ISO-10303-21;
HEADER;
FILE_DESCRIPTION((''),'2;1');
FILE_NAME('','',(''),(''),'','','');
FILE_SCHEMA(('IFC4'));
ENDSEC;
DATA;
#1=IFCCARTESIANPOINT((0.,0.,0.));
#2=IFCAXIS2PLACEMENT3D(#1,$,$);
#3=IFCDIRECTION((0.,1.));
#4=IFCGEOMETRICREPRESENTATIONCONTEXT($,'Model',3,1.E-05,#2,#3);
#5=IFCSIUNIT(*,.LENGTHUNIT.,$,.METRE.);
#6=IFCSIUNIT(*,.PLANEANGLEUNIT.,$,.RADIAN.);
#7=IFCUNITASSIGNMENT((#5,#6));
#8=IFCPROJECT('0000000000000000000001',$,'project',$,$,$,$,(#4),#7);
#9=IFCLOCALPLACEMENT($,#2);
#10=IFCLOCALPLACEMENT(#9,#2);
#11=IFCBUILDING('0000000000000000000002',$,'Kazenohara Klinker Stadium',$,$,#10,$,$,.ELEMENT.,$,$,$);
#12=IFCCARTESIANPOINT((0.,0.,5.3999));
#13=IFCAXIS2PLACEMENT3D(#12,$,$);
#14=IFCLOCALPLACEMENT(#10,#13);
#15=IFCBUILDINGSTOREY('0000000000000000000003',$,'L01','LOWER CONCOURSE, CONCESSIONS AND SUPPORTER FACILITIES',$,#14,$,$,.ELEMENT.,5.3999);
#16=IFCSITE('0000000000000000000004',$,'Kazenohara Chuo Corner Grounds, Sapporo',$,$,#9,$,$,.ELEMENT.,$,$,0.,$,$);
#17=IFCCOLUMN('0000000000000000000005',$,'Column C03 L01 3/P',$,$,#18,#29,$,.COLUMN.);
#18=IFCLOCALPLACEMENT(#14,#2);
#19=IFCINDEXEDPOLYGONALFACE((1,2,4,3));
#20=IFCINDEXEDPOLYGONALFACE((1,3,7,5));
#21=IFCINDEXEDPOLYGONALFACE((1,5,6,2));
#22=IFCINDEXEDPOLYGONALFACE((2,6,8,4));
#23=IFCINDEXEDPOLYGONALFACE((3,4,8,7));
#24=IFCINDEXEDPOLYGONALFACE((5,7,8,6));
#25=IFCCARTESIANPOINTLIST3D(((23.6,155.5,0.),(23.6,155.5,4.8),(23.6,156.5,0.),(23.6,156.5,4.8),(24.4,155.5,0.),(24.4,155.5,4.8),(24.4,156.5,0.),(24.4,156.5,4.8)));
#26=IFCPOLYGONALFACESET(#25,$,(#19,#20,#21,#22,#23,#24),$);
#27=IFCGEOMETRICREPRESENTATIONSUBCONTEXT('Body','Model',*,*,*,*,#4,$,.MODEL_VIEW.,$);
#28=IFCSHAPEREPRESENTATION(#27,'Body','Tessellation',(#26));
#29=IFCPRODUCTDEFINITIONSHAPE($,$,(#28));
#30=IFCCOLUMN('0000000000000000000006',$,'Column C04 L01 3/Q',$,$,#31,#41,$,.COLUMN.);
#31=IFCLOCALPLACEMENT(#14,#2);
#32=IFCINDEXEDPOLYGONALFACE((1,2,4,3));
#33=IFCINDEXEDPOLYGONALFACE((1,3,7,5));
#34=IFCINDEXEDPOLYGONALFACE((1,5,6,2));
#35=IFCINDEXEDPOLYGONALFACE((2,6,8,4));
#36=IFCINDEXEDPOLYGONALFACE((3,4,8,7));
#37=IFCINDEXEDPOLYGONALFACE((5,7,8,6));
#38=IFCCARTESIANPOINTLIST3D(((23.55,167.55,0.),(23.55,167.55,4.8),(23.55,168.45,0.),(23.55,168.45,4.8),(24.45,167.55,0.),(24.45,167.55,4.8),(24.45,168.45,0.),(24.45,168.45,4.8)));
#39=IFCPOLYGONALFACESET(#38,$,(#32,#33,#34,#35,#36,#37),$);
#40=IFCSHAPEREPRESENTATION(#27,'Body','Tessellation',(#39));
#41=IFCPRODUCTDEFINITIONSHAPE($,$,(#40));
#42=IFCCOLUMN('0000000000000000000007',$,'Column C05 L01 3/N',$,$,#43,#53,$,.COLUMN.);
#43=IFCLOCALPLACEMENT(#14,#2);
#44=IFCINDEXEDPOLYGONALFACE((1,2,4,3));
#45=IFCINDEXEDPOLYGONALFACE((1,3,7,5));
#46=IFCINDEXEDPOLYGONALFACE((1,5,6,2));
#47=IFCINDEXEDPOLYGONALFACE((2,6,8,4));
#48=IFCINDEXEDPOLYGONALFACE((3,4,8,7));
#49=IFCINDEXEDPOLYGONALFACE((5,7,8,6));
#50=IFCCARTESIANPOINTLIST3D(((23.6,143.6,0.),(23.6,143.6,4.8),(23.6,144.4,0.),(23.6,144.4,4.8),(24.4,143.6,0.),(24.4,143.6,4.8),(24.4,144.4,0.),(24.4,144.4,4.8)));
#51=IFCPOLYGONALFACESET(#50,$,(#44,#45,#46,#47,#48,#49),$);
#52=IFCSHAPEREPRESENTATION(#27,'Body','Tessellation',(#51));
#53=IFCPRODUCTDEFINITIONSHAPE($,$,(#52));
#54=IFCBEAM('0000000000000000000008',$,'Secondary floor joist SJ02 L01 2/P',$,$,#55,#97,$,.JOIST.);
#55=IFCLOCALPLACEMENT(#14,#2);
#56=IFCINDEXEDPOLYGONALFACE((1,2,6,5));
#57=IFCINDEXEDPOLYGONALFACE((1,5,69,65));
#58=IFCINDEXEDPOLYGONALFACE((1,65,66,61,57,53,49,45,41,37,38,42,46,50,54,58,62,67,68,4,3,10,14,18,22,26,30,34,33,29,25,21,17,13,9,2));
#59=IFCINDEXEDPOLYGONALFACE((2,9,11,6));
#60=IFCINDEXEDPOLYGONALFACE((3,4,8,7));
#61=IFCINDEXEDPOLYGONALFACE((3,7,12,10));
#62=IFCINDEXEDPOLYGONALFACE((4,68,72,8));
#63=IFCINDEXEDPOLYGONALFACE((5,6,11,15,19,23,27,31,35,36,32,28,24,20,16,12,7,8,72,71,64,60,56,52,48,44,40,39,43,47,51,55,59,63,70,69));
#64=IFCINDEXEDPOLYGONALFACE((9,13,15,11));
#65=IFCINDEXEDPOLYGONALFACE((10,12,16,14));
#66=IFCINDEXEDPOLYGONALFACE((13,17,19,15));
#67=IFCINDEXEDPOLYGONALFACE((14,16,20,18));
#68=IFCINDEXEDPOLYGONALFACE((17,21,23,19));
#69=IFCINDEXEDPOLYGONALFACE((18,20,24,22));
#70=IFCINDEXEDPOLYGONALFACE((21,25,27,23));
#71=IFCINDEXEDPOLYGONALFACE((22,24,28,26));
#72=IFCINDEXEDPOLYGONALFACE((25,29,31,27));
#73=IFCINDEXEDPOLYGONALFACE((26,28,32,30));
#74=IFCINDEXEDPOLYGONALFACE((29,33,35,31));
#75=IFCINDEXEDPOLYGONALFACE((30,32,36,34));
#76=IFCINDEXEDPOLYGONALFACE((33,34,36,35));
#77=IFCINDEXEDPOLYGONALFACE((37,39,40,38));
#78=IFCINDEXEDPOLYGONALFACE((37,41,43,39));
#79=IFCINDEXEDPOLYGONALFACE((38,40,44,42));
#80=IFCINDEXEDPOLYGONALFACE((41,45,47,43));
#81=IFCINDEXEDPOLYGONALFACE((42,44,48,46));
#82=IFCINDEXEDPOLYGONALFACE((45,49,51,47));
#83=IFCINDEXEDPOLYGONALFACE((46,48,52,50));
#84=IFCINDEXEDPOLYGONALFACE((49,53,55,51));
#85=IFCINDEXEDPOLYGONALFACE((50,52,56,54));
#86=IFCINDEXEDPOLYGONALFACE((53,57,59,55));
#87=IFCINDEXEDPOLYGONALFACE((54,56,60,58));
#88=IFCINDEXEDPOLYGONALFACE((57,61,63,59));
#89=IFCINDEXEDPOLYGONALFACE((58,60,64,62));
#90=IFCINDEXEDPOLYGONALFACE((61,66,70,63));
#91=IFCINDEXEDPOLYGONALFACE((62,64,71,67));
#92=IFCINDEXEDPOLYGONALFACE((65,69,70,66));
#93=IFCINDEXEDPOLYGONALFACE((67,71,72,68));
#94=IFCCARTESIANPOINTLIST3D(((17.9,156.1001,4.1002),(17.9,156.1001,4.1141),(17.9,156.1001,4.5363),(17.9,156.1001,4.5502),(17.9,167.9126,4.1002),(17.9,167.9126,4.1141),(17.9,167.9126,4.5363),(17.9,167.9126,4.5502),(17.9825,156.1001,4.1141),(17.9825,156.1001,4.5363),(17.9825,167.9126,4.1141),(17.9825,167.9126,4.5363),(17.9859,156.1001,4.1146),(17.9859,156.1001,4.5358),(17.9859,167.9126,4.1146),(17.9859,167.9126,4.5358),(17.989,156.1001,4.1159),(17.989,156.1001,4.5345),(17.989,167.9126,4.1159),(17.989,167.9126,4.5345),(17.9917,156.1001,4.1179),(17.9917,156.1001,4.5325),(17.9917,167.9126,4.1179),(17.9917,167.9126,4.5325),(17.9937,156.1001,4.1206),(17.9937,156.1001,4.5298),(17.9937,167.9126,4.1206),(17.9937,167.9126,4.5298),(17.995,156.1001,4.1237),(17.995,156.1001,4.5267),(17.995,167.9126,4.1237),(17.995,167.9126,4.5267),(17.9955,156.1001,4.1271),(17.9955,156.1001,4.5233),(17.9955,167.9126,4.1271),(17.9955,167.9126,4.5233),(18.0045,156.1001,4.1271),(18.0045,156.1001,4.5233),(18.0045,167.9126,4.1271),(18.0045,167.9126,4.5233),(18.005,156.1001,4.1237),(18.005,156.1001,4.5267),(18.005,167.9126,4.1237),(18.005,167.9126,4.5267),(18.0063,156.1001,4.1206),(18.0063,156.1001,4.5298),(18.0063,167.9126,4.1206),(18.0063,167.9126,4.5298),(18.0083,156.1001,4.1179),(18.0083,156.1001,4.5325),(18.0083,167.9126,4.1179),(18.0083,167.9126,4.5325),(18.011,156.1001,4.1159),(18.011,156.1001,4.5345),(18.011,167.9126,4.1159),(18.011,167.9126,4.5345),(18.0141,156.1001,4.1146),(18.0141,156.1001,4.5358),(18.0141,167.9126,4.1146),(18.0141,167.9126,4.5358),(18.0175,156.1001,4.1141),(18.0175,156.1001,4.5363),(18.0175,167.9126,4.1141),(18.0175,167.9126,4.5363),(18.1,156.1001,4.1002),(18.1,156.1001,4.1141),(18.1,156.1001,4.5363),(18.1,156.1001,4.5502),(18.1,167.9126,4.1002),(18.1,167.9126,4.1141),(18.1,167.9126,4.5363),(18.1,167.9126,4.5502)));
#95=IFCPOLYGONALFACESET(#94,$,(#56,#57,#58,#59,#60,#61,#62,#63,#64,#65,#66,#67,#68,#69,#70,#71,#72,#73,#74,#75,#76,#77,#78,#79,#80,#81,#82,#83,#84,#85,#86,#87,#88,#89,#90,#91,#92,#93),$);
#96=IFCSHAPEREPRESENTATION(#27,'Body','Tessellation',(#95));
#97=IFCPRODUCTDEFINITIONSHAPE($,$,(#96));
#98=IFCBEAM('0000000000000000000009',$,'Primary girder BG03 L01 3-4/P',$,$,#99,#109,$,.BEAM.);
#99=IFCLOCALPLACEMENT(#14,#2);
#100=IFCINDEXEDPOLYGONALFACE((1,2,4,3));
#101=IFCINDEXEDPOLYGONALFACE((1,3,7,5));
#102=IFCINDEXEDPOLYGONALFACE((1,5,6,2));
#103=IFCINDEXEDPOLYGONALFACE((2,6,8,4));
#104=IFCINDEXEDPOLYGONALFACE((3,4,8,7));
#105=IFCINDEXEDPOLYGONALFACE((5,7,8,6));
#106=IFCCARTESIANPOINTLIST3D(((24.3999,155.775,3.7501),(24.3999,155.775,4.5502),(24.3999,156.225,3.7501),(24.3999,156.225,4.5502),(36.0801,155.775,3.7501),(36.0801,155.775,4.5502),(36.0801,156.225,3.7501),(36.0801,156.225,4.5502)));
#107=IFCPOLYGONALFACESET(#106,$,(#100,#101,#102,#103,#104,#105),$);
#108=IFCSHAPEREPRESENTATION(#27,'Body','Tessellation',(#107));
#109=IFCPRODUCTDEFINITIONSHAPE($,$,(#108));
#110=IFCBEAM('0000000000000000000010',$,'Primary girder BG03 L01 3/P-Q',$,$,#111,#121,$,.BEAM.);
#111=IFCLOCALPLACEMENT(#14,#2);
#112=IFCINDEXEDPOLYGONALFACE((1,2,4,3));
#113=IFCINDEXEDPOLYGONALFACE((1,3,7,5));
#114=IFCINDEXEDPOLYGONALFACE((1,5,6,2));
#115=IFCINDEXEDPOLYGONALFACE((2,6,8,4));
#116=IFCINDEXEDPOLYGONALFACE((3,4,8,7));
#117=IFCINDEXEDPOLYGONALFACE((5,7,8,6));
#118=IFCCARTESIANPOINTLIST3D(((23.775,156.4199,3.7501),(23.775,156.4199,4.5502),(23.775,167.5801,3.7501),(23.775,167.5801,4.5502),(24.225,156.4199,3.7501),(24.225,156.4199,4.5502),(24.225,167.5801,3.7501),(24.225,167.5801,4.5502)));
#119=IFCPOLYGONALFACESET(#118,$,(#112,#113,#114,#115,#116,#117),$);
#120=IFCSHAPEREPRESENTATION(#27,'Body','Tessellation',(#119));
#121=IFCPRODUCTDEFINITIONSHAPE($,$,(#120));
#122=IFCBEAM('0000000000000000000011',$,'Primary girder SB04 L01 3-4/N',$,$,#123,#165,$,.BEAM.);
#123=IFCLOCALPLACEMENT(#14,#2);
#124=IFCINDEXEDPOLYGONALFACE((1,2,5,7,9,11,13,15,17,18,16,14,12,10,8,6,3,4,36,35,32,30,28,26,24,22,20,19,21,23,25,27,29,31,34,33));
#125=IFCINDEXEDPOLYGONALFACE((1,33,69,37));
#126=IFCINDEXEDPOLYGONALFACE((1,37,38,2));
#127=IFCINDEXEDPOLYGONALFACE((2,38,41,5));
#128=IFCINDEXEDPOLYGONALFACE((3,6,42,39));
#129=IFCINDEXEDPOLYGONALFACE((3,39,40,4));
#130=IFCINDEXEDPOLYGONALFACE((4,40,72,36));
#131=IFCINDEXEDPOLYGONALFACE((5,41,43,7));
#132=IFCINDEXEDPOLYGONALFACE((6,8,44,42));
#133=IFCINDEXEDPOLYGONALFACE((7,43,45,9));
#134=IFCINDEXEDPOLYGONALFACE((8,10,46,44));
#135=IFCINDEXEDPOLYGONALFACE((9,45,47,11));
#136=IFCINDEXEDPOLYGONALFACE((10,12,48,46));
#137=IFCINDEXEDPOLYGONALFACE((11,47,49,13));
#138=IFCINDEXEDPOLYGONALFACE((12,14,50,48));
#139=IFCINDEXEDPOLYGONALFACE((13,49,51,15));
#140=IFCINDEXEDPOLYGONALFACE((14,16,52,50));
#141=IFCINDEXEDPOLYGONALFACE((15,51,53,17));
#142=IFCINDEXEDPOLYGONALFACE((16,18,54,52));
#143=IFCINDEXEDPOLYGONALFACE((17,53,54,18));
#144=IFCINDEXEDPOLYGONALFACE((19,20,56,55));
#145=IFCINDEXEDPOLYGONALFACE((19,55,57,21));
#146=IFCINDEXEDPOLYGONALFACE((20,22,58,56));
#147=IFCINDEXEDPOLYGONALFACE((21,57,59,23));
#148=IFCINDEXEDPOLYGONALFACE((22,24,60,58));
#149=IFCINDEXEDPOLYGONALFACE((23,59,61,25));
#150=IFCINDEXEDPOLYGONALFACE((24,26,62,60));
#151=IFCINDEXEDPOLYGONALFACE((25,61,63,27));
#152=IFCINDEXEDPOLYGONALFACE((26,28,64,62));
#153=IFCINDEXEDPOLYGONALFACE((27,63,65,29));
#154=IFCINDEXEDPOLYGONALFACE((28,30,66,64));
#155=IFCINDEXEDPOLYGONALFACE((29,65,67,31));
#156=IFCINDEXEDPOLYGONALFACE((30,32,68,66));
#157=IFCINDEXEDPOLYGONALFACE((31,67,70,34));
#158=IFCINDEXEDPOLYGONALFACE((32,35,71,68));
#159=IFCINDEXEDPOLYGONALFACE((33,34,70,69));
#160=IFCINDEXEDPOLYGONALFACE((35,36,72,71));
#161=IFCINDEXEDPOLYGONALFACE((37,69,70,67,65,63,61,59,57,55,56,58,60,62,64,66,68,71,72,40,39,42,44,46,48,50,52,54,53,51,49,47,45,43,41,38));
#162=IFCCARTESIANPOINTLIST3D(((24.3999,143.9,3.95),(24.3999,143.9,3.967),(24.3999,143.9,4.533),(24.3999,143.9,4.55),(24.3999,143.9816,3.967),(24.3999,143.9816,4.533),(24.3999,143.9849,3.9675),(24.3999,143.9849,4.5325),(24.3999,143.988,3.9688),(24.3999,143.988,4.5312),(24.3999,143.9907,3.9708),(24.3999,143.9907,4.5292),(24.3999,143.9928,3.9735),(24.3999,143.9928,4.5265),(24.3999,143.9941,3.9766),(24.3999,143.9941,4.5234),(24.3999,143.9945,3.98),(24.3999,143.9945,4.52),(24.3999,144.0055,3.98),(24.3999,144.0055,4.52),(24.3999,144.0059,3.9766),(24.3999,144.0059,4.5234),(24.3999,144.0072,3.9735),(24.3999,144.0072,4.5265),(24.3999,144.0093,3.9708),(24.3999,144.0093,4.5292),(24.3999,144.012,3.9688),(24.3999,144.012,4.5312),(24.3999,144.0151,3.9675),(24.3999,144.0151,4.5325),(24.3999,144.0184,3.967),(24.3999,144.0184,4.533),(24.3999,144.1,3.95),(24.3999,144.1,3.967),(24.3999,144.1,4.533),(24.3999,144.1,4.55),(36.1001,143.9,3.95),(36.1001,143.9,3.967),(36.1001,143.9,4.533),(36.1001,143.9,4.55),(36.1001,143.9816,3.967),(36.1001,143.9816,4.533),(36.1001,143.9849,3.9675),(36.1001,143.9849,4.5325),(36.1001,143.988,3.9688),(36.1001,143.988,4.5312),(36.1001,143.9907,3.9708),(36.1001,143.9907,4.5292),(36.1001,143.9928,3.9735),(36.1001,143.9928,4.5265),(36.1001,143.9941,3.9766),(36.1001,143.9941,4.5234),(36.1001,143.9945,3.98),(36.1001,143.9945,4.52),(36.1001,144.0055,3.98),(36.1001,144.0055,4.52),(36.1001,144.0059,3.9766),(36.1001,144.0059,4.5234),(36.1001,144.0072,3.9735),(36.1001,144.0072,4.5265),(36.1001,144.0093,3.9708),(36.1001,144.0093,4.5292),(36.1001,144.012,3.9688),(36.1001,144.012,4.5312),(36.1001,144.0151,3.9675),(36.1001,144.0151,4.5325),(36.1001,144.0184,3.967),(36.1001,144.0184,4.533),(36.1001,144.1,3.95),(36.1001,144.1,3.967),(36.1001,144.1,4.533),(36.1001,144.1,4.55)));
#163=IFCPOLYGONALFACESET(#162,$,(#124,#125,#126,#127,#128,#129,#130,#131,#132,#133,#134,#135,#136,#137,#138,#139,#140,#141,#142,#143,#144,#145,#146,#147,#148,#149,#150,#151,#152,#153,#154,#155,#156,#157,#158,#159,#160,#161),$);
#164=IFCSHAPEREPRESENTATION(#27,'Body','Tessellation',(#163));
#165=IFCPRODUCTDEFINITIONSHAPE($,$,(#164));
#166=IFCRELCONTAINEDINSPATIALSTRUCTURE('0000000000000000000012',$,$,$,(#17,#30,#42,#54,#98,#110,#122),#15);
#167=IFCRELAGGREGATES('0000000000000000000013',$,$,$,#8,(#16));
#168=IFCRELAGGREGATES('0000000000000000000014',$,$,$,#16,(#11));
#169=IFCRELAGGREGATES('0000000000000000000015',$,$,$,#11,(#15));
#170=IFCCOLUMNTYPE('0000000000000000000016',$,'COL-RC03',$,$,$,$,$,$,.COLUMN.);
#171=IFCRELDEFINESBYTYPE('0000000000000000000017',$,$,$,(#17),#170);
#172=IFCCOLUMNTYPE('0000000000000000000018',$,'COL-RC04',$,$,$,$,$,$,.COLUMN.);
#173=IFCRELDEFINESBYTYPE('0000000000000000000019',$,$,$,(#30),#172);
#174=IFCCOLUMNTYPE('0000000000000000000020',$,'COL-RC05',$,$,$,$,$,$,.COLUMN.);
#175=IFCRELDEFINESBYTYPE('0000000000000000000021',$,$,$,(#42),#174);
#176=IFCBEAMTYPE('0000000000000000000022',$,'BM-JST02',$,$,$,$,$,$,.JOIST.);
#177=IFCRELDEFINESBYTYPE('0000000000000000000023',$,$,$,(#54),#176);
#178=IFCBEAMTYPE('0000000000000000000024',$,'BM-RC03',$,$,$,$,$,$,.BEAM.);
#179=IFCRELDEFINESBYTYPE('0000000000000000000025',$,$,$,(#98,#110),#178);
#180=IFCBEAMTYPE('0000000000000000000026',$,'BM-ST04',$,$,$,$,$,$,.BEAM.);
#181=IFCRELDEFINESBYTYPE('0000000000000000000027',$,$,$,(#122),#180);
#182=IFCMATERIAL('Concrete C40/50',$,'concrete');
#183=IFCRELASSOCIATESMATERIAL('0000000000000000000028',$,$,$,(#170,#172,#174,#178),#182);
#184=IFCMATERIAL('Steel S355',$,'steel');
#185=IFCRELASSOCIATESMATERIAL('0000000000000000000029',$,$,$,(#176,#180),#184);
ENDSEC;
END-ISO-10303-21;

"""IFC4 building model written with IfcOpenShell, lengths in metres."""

from ifc_helpers import new_model, si_unit, direction, frame, origin, origin_2d, place, context, subcontext, project, spatial, rectangle, i_section, extrude, material, material_profile, profile_set, type_object, element, save


model = new_model("IFC4")

# Units and contexts
model_context = context("Model", 3, precision=1e-05, world=origin(), true_north=direction((0.0, 1.0)))
body_context = subcontext(model_context, "Body", "Model", "MODEL_VIEW")
ifc_project = project(units=[si_unit("LENGTHUNIT", "METRE"), si_unit("PLANEANGLEUNIT", "RADIAN")], contexts=[model_context])

# Site, building, storey
site_placement = place(None, origin())
site = spatial("IfcSite", under=ifc_project, at=site_placement, Name="Kazenohara Chuo Corner Grounds, Sapporo", CompositionType="ELEMENT", RefElevation=0.0)
building_placement = place(site_placement, origin())
building = spatial("IfcBuilding", under=site, at=building_placement, Name="Kazenohara Klinker Stadium", CompositionType="ELEMENT")
storey_placement = place(building_placement, frame((0.0, 0.0, 5.3999)))
storey = spatial("IfcBuildingStorey", under=building, at=storey_placement, Name="L01", Description="LOWER CONCOURSE, CONCESSIONS AND SUPPORTER FACILITIES", CompositionType="ELEMENT", Elevation=5.3999)

# Columns
ifc_material_1 = material(Name="Concrete C40/50", Category="concrete")
ifc_material_profile_1 = material_profile(ifc_material_1, rectangle(XDim=0.8, YDim=1.0, at=origin_2d()), Name="RC-COL-1000x800")
ifc_profile_set_1 = profile_set([ifc_material_profile_1], Name="Concrete C40/50")
column_type_1 = type_object("IfcColumnType", Name="COL-RC03", PredefinedType="COLUMN", material=ifc_profile_set_1)
column_1_placement = place(storey_placement, frame((24.0, 156.0, 0.0), z_axis=(0.0, 0.0, 1.0), x_axis=(1.0, 0.0, 0.0)))
element("IfcColumn", 1, at=column_1_placement, inside=storey, type_object=column_type_1, Name="Column C03 L01 3/P", PredefinedType="COLUMN", context=body_context, shape_type="SweptSolid", body=[
    extrude(rectangle(XDim=0.8, YDim=1.0, at=origin_2d()), origin(), (0.0, 0.0, 1.0), 4.8),
])
ifc_material_profile_2 = material_profile(ifc_material_1, rectangle(XDim=0.8999, YDim=0.8999, at=origin_2d()), Name="RC-COL-900x900")
ifc_profile_set_2 = profile_set([ifc_material_profile_2], Name="Concrete C40/50")
column_type_2 = type_object("IfcColumnType", Name="COL-RC04", PredefinedType="COLUMN", material=ifc_profile_set_2)
column_2_placement = place(storey_placement, frame((24.0, 168.0, 0.0), z_axis=(0.0, 0.0, 1.0), x_axis=(1.0, 0.0, 0.0)))
element("IfcColumn", 2, at=column_2_placement, inside=storey, type_object=column_type_2, Name="Column C04 L01 3/Q", PredefinedType="COLUMN", context=body_context, shape_type="SweptSolid", body=[
    extrude(rectangle(XDim=0.8999, YDim=0.8999, at=origin_2d()), origin(), (0.0, 0.0, 1.0), 4.8),
])
ifc_material_profile_3 = material_profile(ifc_material_1, rectangle(XDim=0.8, YDim=0.8, at=origin_2d()), Name="RC-COL-800x800")
ifc_profile_set_3 = profile_set([ifc_material_profile_3], Name="Concrete C40/50")
column_type_3 = type_object("IfcColumnType", Name="COL-RC05", PredefinedType="COLUMN", material=ifc_profile_set_3)
column_3_placement = place(storey_placement, frame((24.0, 144.0, 0.0), z_axis=(0.0, 0.0, 1.0), x_axis=(1.0, 0.0, 0.0)))
element("IfcColumn", 3, at=column_3_placement, inside=storey, type_object=column_type_3, Name="Column C05 L01 3/N", PredefinedType="COLUMN", context=body_context, shape_type="SweptSolid", body=[
    extrude(rectangle(XDim=0.8, YDim=0.8, at=origin_2d()), origin(), (0.0, 0.0, 1.0), 4.8),
])

# Beams
ifc_material_2 = material(Name="Steel S355", Category="steel")
ifc_material_profile_4 = material_profile(ifc_material_2, i_section(OverallWidth=0.2, OverallDepth=0.45, WebThickness=0.009, FlangeThickness=0.0139, FilletRadius=0.0129, at=origin_2d()), Name="H-450x200x9x14")
ifc_profile_set_4 = profile_set([ifc_material_profile_4], Name="Steel S355")
beam_type_1 = type_object("IfcBeamType", Name="BM-JST02", PredefinedType="JOIST", material=ifc_profile_set_4)
beam_1_placement = place(storey_placement, frame((18.0, 156.1001, 4.3252), z_axis=(0.0, 1.0, 0.0), x_axis=(-1.0, 0.0, 0.0)))
element("IfcBeam", 4, at=beam_1_placement, inside=storey, type_object=beam_type_1, Name="Secondary floor joist SJ02 L01 2/P", PredefinedType="JOIST", context=body_context, shape_type="SweptSolid", body=[
    extrude(i_section(OverallWidth=0.2, OverallDepth=0.45, WebThickness=0.009, FlangeThickness=0.0139, FilletRadius=0.0129, at=origin_2d()), origin(), (0.0, 0.0, 1.0), 11.8125),
])
ifc_material_profile_5 = material_profile(ifc_material_1, rectangle(XDim=0.45, YDim=0.8, at=origin_2d()), Name="RC-BM-450x800")
ifc_profile_set_5 = profile_set([ifc_material_profile_5], Name="Concrete C40/50")
beam_type_2 = type_object("IfcBeamType", Name="BM-RC03", PredefinedType="BEAM", material=ifc_profile_set_5)
beam_2_placement = place(storey_placement, frame((24.3999, 156.0, 4.1501), z_axis=(1.0, 0.0, 0.0), x_axis=(0.0, 1.0, 0.0)))
element("IfcBeam", 5, at=beam_2_placement, inside=storey, type_object=beam_type_2, Name="Primary girder BG03 L01 3-4/P", PredefinedType="BEAM", context=body_context, shape_type="SweptSolid", body=[
    extrude(rectangle(XDim=0.45, YDim=0.8, at=origin_2d()), origin(), (0.0, 0.0, 1.0), 11.6802),
])
beam_3_placement = place(storey_placement, frame((24.0, 156.4199, 4.1501), z_axis=(0.0, 1.0, 0.0), x_axis=(-1.0, 0.0, 0.0)))
element("IfcBeam", 6, at=beam_3_placement, inside=storey, type_object=beam_type_2, Name="Primary girder BG03 L01 3/P-Q", PredefinedType="BEAM", context=body_context, shape_type="SweptSolid", body=[
    extrude(rectangle(XDim=0.45, YDim=0.8, at=origin_2d()), origin(), (0.0, 0.0, 1.0), 11.1602),
])
ifc_material_profile_6 = material_profile(ifc_material_2, i_section(OverallWidth=0.2, OverallDepth=0.6001, WebThickness=0.011, FlangeThickness=0.0171, FilletRadius=0.0129, at=origin_2d()), Name="H-600x200x11x17")
ifc_profile_set_6 = profile_set([ifc_material_profile_6], Name="Steel S355")
beam_type_3 = type_object("IfcBeamType", Name="BM-ST04", PredefinedType="BEAM", material=ifc_profile_set_6)
beam_4_placement = place(storey_placement, frame((24.3999, 144.0, 4.25), z_axis=(1.0, 0.0, 0.0), x_axis=(0.0, 1.0, 0.0)))
element("IfcBeam", 7, at=beam_4_placement, inside=storey, type_object=beam_type_3, Name="Primary girder SB04 L01 3-4/N", PredefinedType="BEAM", context=body_context, shape_type="SweptSolid", body=[
    extrude(i_section(OverallWidth=0.2, OverallDepth=0.6001, WebThickness=0.011, FlangeThickness=0.0171, FilletRadius=0.0129, at=origin_2d()), origin(), (0.0, 0.0, 1.0), 11.7002),
])

save(model, "model.ifc")
